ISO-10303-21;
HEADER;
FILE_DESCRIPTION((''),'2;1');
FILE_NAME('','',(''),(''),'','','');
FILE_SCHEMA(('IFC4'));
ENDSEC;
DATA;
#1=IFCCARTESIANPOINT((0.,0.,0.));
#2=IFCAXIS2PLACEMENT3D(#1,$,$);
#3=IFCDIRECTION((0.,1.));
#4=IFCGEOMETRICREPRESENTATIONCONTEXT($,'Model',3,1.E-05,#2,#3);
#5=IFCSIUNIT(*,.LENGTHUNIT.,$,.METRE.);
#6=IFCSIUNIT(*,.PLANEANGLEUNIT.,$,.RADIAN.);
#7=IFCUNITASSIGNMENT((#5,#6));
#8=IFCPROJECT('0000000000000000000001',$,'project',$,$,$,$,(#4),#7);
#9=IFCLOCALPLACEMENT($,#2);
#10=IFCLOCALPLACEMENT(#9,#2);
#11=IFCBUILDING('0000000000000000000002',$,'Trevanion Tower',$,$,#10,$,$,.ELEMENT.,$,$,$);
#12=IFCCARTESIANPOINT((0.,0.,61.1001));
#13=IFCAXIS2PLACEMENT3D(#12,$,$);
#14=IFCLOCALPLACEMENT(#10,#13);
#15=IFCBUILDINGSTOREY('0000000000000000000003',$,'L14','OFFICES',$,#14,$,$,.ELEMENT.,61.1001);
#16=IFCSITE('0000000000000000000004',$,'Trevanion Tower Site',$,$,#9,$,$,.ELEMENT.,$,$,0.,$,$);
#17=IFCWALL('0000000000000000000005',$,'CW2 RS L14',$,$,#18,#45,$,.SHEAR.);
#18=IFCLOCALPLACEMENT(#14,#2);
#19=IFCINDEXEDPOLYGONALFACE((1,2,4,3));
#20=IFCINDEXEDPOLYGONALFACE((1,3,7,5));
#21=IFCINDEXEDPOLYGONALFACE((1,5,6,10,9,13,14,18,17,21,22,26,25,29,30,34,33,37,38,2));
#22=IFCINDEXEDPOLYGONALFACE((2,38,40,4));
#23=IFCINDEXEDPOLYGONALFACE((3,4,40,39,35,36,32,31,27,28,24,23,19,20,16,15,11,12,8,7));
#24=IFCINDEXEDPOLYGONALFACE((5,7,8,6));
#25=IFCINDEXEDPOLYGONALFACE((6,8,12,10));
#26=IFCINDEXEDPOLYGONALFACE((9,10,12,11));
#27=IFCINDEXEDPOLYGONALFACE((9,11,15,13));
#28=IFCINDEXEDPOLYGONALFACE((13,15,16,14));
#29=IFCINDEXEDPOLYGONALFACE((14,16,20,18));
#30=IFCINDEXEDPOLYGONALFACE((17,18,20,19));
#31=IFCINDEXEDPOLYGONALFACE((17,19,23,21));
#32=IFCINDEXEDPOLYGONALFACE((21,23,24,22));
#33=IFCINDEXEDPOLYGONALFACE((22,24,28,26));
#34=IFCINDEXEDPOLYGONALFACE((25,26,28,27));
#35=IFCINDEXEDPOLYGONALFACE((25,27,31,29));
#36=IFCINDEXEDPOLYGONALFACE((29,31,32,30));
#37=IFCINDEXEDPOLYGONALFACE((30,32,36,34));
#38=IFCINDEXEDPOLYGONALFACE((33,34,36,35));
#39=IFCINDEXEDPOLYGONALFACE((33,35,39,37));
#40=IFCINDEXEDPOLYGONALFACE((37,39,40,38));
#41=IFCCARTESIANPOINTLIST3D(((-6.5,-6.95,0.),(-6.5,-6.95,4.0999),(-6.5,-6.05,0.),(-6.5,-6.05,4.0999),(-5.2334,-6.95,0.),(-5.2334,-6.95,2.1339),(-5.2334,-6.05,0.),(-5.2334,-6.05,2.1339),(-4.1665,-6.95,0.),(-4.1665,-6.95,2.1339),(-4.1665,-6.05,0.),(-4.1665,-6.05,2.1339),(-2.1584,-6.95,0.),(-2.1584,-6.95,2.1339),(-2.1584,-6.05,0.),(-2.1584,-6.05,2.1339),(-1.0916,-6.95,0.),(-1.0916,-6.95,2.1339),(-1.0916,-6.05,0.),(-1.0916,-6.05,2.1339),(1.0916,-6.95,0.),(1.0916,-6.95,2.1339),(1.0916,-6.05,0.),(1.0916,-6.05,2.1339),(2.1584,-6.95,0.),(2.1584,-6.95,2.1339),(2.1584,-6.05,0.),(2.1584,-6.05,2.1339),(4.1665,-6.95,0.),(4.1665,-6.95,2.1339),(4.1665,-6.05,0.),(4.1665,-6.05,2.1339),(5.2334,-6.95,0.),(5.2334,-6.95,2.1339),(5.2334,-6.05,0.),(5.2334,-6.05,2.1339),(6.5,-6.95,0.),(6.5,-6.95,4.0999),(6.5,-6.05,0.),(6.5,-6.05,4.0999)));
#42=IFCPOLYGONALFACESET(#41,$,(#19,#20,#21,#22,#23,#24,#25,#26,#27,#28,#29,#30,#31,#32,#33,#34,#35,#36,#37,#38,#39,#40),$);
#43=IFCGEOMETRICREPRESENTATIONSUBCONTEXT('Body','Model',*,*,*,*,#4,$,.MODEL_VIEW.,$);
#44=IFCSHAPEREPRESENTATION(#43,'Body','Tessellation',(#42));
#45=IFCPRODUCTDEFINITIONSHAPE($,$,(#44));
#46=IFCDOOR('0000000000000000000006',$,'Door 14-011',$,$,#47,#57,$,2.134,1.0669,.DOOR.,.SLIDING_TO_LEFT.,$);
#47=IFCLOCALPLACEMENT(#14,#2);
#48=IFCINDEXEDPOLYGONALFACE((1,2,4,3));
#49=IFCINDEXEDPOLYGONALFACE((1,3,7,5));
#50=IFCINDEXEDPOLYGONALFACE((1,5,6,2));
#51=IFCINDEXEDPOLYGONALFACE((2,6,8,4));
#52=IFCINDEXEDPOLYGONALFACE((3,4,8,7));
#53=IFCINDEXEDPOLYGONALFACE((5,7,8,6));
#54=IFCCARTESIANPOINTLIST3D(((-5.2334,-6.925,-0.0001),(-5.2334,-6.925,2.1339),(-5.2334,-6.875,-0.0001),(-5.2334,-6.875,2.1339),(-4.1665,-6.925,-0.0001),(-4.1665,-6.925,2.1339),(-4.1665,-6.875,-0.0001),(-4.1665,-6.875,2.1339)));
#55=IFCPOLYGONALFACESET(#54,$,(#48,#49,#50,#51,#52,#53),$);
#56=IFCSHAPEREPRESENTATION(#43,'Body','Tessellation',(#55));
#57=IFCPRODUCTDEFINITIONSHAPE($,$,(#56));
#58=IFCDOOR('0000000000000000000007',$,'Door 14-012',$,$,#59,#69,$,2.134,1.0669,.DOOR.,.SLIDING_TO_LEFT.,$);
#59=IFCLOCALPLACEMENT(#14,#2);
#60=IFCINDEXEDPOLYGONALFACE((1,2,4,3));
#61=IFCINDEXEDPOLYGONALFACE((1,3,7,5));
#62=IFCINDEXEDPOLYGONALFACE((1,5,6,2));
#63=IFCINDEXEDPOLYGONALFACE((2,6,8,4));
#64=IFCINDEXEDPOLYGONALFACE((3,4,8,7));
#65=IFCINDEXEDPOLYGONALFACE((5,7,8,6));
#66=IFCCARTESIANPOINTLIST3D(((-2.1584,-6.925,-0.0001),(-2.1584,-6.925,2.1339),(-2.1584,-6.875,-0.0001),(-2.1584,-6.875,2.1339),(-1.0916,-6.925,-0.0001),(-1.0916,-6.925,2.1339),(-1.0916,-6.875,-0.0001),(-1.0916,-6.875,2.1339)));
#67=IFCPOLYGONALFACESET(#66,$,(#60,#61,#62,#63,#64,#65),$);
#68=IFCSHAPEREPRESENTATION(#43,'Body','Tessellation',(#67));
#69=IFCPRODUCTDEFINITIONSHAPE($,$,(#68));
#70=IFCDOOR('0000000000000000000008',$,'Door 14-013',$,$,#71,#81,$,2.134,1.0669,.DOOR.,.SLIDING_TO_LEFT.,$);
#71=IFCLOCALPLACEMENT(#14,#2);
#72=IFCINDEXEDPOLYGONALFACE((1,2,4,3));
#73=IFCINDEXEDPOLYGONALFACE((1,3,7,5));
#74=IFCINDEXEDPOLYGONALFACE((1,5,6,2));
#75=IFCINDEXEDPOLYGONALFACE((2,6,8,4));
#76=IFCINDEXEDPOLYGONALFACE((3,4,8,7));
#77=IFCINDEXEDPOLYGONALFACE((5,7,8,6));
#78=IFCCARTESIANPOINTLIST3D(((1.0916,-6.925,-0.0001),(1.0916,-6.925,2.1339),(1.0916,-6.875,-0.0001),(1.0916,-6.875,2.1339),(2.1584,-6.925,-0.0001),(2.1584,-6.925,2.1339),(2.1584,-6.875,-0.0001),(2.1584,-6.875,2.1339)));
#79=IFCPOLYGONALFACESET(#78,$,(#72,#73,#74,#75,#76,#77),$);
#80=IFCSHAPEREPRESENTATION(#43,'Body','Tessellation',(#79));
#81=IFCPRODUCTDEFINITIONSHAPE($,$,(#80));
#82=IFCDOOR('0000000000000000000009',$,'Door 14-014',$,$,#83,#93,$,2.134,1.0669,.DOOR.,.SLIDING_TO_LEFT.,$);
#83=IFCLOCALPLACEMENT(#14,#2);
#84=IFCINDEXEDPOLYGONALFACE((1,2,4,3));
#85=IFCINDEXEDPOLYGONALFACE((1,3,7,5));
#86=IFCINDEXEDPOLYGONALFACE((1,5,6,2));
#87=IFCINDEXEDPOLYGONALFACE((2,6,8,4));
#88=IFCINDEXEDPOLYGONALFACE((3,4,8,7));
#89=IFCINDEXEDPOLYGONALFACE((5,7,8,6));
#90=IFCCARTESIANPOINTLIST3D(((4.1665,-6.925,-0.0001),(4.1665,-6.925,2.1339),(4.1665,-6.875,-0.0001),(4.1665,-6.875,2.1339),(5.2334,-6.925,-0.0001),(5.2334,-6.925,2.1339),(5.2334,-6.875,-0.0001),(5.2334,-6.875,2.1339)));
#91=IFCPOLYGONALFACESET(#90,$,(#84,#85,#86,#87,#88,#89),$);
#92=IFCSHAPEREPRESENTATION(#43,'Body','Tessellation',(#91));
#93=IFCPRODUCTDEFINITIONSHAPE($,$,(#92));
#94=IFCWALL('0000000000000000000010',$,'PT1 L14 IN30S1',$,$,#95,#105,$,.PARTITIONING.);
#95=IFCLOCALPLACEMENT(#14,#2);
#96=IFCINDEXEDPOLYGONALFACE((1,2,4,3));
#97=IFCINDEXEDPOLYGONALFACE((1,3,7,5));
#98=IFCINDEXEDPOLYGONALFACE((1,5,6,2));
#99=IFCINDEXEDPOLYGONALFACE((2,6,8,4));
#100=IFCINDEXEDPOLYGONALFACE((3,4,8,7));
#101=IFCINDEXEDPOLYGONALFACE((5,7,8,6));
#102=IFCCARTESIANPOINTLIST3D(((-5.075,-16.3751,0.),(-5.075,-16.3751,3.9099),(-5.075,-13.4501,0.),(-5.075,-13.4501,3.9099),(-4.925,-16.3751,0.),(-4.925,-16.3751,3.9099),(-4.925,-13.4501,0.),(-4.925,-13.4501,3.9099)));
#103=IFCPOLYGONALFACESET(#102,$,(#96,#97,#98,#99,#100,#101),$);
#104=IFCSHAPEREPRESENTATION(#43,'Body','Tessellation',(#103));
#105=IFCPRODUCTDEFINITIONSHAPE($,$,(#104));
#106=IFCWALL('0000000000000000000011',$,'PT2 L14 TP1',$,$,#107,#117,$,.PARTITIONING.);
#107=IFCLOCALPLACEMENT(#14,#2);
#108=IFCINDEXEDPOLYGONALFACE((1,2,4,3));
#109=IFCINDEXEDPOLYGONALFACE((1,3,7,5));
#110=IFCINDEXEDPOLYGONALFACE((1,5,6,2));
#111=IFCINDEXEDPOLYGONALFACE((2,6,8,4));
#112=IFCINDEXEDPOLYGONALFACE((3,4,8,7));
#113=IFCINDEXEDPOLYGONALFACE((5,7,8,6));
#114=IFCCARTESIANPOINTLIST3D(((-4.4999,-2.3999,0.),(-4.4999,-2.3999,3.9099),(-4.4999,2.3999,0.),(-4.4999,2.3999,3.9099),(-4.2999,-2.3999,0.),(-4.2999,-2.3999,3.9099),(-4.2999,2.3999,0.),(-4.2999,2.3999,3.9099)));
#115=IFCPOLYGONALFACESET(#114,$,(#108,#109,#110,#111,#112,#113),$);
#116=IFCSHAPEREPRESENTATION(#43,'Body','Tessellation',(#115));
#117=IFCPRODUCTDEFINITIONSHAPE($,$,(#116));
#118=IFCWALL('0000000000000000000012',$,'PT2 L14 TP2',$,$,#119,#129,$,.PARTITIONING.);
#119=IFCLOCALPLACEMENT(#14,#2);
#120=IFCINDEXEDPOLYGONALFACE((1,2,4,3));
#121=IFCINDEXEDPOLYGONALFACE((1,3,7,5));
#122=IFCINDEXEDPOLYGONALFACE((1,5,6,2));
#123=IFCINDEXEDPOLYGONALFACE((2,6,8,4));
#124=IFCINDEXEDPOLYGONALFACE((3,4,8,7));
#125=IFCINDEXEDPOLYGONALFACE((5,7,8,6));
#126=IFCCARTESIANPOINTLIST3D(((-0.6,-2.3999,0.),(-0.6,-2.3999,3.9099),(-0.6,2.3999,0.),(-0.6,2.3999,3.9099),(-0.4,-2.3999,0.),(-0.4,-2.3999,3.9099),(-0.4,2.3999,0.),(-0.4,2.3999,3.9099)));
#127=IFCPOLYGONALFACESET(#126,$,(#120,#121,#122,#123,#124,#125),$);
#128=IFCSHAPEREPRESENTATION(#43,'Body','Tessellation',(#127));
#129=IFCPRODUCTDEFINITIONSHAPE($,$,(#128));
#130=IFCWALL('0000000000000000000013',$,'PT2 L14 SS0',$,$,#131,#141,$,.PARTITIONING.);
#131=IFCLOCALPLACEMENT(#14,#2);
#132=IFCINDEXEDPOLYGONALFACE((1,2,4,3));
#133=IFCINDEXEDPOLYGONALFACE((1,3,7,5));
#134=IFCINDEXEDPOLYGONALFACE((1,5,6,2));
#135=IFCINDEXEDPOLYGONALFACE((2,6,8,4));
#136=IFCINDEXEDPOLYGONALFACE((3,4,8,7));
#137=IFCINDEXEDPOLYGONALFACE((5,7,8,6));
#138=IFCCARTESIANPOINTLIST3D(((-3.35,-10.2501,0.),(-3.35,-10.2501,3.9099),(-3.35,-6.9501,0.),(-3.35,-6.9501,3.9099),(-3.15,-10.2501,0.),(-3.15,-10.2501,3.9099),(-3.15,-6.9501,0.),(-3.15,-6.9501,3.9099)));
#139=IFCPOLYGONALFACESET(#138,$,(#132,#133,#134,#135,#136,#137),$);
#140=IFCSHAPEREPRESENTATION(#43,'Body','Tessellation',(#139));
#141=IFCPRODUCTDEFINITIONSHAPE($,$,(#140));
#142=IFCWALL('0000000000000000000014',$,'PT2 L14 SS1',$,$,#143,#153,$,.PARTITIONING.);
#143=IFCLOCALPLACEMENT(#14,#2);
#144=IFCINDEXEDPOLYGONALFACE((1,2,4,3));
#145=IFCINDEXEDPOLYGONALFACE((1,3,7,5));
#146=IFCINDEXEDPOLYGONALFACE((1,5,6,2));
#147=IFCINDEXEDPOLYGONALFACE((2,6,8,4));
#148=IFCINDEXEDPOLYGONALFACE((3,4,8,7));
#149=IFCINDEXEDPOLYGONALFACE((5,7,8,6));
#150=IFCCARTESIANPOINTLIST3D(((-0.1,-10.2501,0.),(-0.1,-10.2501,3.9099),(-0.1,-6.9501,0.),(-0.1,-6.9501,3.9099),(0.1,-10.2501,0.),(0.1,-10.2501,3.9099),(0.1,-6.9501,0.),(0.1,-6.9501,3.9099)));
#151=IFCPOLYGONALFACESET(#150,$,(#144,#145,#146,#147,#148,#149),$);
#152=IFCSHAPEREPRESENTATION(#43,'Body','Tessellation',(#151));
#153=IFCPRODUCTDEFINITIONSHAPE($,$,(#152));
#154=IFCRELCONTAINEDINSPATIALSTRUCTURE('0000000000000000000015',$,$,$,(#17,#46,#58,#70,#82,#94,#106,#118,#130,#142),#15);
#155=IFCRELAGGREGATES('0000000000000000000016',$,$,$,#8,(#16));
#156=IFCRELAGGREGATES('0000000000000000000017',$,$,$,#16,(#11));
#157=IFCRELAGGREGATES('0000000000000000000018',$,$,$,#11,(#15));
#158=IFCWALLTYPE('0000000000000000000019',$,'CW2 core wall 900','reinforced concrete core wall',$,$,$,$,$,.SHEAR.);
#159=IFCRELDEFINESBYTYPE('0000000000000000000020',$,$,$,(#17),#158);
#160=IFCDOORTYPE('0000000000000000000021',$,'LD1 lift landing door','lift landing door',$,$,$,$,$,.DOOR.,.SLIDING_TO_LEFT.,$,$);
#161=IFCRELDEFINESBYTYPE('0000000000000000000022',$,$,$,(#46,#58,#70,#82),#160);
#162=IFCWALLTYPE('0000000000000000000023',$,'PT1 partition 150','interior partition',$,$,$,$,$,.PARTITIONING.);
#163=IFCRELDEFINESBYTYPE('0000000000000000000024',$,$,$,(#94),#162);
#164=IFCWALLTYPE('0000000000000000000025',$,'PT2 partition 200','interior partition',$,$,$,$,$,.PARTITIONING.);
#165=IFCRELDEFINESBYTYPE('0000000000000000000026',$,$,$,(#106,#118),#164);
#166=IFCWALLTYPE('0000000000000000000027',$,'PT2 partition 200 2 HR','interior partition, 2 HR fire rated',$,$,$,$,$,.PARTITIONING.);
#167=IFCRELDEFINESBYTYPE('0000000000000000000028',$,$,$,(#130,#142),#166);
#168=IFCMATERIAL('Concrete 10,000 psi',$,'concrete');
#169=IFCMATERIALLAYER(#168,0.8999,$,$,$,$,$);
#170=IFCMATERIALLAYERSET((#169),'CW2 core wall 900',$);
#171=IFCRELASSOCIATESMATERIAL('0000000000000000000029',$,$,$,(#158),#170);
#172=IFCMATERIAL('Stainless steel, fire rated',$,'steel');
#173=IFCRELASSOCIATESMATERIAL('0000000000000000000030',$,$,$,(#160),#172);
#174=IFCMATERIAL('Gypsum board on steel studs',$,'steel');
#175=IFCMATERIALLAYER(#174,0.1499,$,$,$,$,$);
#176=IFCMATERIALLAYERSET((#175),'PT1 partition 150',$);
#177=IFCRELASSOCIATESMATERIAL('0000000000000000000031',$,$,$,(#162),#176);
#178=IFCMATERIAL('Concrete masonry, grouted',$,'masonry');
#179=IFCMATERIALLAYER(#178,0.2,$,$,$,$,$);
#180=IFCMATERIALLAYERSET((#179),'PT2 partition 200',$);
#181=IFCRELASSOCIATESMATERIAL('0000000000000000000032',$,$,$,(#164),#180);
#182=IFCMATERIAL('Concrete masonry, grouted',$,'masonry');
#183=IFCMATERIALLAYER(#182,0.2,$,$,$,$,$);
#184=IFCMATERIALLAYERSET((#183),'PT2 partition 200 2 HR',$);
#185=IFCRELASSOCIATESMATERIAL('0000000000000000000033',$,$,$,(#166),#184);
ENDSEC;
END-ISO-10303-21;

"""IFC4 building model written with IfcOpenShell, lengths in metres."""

from ifc_helpers import new_model, si_unit, direction, frame, frame_2d, origin, place, context, subcontext, project, spatial, rectangle, extrude, material, layer, layer_set, type_object, element, fill, save


model = new_model("IFC4")

# Units and contexts
model_context = context("Model", 3, precision=1e-05, world=origin(), true_north=direction((0.0, 1.0)))
body_context = subcontext(model_context, "Body", "Model", "MODEL_VIEW")
ifc_project = project(units=[si_unit("LENGTHUNIT", "METRE"), si_unit("PLANEANGLEUNIT", "RADIAN")], contexts=[model_context])

# Site, building, storey
site_placement = place(None, origin())
site = spatial("IfcSite", under=ifc_project, at=site_placement, Name="Trevanion Tower Site", CompositionType="ELEMENT", RefElevation=0.0)
building_placement = place(site_placement, origin())
building = spatial("IfcBuilding", under=site, at=building_placement, Name="Trevanion Tower", CompositionType="ELEMENT")
storey_placement = place(building_placement, frame((0.0, 0.0, 61.1001)))
storey = spatial("IfcBuildingStorey", under=building, at=storey_placement, Name="L14", Description="OFFICES", CompositionType="ELEMENT", Elevation=61.1001)

# Shared definitions
ifc_material_1 = material(Name="Concrete 10,000 psi", Category="concrete")
ifc_layer_1 = layer(ifc_material_1, 0.8999)
ifc_layer_set_1 = layer_set([ifc_layer_1], Name="CW2 core wall 900")
wall_type_1 = type_object("IfcWallType", Name="CW2 core wall 900", Description="reinforced concrete core wall", PredefinedType="SHEAR", material=ifc_layer_set_1)

# Wall, openings, doors
wall_1_placement = place(storey_placement, frame((-6.5, -6.5, 0.0), z_axis=(0.0, 0.0, 1.0), x_axis=(1.0, 0.0, 0.0)))
wall_1 = element("IfcWall", 1, at=wall_1_placement, inside=storey, type_object=wall_type_1, Name="CW2 RS L14", PredefinedType="SHEAR", context=body_context, shape_type="SweptSolid", body=[
    extrude(rectangle(XDim=13.0, YDim=0.8999, at=frame_2d((6.5, 0.0))), origin(), (0.0, 0.0, 1.0), 4.0999),
])
opening_1_placement = place(wall_1_placement, frame((1.2666, 0.0, 0.0)))
opening_1 = element("IfcOpeningElement", 2, at=opening_1_placement, cuts=wall_1, PredefinedType="OPENING", context=body_context, shape_type="SweptSolid", body=[
    extrude(rectangle(XDim=1.0669, YDim=2.134, at=frame_2d((0.5334, 1.0669))), frame((0.0, 0.46, 0.0), z_axis=(0.0, -1.0, 0.0), x_axis=(1.0, 0.0, 0.0)), (0.0, 0.0, 1.0), 0.9199),
])
opening_2_placement = place(wall_1_placement, frame((4.3416, 0.0, 0.0)))
opening_2 = element("IfcOpeningElement", 3, at=opening_2_placement, cuts=wall_1, PredefinedType="OPENING", context=body_context, shape_type="SweptSolid", body=[
    extrude(rectangle(XDim=1.0669, YDim=2.134, at=frame_2d((0.5334, 1.0669))), frame((0.0, 0.46, 0.0), z_axis=(0.0, -1.0, 0.0), x_axis=(1.0, 0.0, 0.0)), (0.0, 0.0, 1.0), 0.9199),
])
opening_3_placement = place(wall_1_placement, frame((7.5916, 0.0, 0.0)))
opening_3 = element("IfcOpeningElement", 4, at=opening_3_placement, cuts=wall_1, PredefinedType="OPENING", context=body_context, shape_type="SweptSolid", body=[
    extrude(rectangle(XDim=1.0669, YDim=2.134, at=frame_2d((0.5334, 1.0669))), frame((0.0, 0.46, 0.0), z_axis=(0.0, -1.0, 0.0), x_axis=(1.0, 0.0, 0.0)), (0.0, 0.0, 1.0), 0.9199),
])
opening_4_placement = place(wall_1_placement, frame((10.6665, 0.0, 0.0)))
opening_4 = element("IfcOpeningElement", 5, at=opening_4_placement, cuts=wall_1, PredefinedType="OPENING", context=body_context, shape_type="SweptSolid", body=[
    extrude(rectangle(XDim=1.0669, YDim=2.134, at=frame_2d((0.5334, 1.0669))), frame((0.0, 0.46, 0.0), z_axis=(0.0, -1.0, 0.0), x_axis=(1.0, 0.0, 0.0)), (0.0, 0.0, 1.0), 0.9199),
])
ifc_material_2 = material(Name="Stainless steel, fire rated", Category="steel")
door_type_1 = type_object("IfcDoorType", Name="LD1 lift landing door", Description="lift landing door", OperationType="SLIDING_TO_LEFT", PredefinedType="DOOR", material=ifc_material_2)
door_1_placement = place(opening_1_placement, origin())
door_1 = element("IfcDoor", 6, at=door_1_placement, inside=storey, type_object=door_type_1, Name="Door 14-011", OperationType="SLIDING_TO_LEFT", OverallHeight=2.134, OverallWidth=1.0669, PredefinedType="DOOR", context=body_context, shape_type="SweptSolid", body=[
    extrude(rectangle(XDim=1.0669, YDim=2.134, at=frame_2d((0.5334, 1.0669))), frame((0.0, -0.375, 0.0), z_axis=(0.0, -1.0, 0.0), x_axis=(1.0, 0.0, 0.0)), (0.0, 0.0, 1.0), 0.05),
])
fill(opening_1, door_1)
door_2_placement = place(opening_2_placement, origin())
door_2 = element("IfcDoor", 7, at=door_2_placement, inside=storey, type_object=door_type_1, Name="Door 14-012", OperationType="SLIDING_TO_LEFT", OverallHeight=2.134, OverallWidth=1.0669, PredefinedType="DOOR", context=body_context, shape_type="SweptSolid", body=[
    extrude(rectangle(XDim=1.0669, YDim=2.134, at=frame_2d((0.5334, 1.0669))), frame((0.0, -0.375, 0.0), z_axis=(0.0, -1.0, 0.0), x_axis=(1.0, 0.0, 0.0)), (0.0, 0.0, 1.0), 0.05),
])
fill(opening_2, door_2)
door_3_placement = place(opening_3_placement, origin())
door_3 = element("IfcDoor", 8, at=door_3_placement, inside=storey, type_object=door_type_1, Name="Door 14-013", OperationType="SLIDING_TO_LEFT", OverallHeight=2.134, OverallWidth=1.0669, PredefinedType="DOOR", context=body_context, shape_type="SweptSolid", body=[
    extrude(rectangle(XDim=1.0669, YDim=2.134, at=frame_2d((0.5334, 1.0669))), frame((0.0, -0.375, 0.0), z_axis=(0.0, -1.0, 0.0), x_axis=(1.0, 0.0, 0.0)), (0.0, 0.0, 1.0), 0.05),
])
fill(opening_3, door_3)
door_4_placement = place(opening_4_placement, origin())
door_4 = element("IfcDoor", 9, at=door_4_placement, inside=storey, type_object=door_type_1, Name="Door 14-014", OperationType="SLIDING_TO_LEFT", OverallHeight=2.134, OverallWidth=1.0669, PredefinedType="DOOR", context=body_context, shape_type="SweptSolid", body=[
    extrude(rectangle(XDim=1.0669, YDim=2.134, at=frame_2d((0.5334, 1.0669))), frame((0.0, -0.375, 0.0), z_axis=(0.0, -1.0, 0.0), x_axis=(1.0, 0.0, 0.0)), (0.0, 0.0, 1.0), 0.05),
])
fill(opening_4, door_4)

# Walls
ifc_material_3 = material(Name="Gypsum board on steel studs", Category="steel")
ifc_layer_2 = layer(ifc_material_3, 0.1499)
ifc_layer_set_2 = layer_set([ifc_layer_2], Name="PT1 partition 150")
wall_type_2 = type_object("IfcWallType", Name="PT1 partition 150", Description="interior partition", PredefinedType="PARTITIONING", material=ifc_layer_set_2)
wall_2_placement = place(storey_placement, frame((-5.0, -16.375, 0.0), z_axis=(0.0, 0.0, 1.0), x_axis=(0.0, 1.0, 0.0)))
element("IfcWall", 10, at=wall_2_placement, inside=storey, type_object=wall_type_2, Name="PT1 L14 IN30S1", PredefinedType="PARTITIONING", context=body_context, shape_type="SweptSolid", body=[
    extrude(rectangle(XDim=2.925, YDim=0.1499, at=frame_2d((1.4624, 0.0))), origin(), (0.0, 0.0, 1.0), 3.9099),
])
ifc_material_4 = material(Name="Concrete masonry, grouted", Category="masonry")
ifc_layer_3 = layer(ifc_material_4, 0.2)
ifc_layer_set_3 = layer_set([ifc_layer_3], Name="PT2 partition 200")
wall_type_3 = type_object("IfcWallType", Name="PT2 partition 200", Description="interior partition", PredefinedType="PARTITIONING", material=ifc_layer_set_3)
for number, where, z_axis, x_axis, name in (
    (11, (-4.3999, -2.3999, 0.0), (0.0, 0.0, 1.0), (0.0, 1.0, 0.0), "PT2 L14 TP1"),
    (12, (-0.5, -2.3999, 0.0), (0.0, 0.0, 1.0), (0.0, 1.0, 0.0), "PT2 L14 TP2"),
):
    element("IfcWall", number, at=place(storey_placement, frame(where, z_axis=z_axis, x_axis=x_axis)), inside=storey, type_object=wall_type_3, Name=name, PredefinedType="PARTITIONING", context=body_context, shape_type="SweptSolid", body=[
        extrude(rectangle(XDim=4.7998, YDim=0.2, at=frame_2d((2.3999, 0.0))), origin(), (0.0, 0.0, 1.0), 3.9099),
    ])
ifc_material_5 = material(Name="Concrete masonry, grouted", Category="masonry")
ifc_layer_4 = layer(ifc_material_5, 0.2)
ifc_layer_set_4 = layer_set([ifc_layer_4], Name="PT2 partition 200 2 HR")
wall_type_4 = type_object("IfcWallType", Name="PT2 partition 200 2 HR", Description="interior partition, 2 HR fire rated", PredefinedType="PARTITIONING", material=ifc_layer_set_4)
for number, where, z_axis, x_axis, name in (
    (13, (-3.25, -10.25, 0.0), (0.0, 0.0, 1.0), (0.0, 1.0, 0.0), "PT2 L14 SS0"),
    (14, (0.0, -10.25, 0.0), (0.0, 0.0, 1.0), (0.0, 1.0, 0.0), "PT2 L14 SS1"),
):
    element("IfcWall", number, at=place(storey_placement, frame(where, z_axis=z_axis, x_axis=x_axis)), inside=storey, type_object=wall_type_4, Name=name, PredefinedType="PARTITIONING", context=body_context, shape_type="SweptSolid", body=[
        extrude(rectangle(XDim=3.3, YDim=0.2, at=frame_2d((1.6499, 0.0))), origin(), (0.0, 0.0, 1.0), 3.9099),
    ])

save(model, "model.ifc")
